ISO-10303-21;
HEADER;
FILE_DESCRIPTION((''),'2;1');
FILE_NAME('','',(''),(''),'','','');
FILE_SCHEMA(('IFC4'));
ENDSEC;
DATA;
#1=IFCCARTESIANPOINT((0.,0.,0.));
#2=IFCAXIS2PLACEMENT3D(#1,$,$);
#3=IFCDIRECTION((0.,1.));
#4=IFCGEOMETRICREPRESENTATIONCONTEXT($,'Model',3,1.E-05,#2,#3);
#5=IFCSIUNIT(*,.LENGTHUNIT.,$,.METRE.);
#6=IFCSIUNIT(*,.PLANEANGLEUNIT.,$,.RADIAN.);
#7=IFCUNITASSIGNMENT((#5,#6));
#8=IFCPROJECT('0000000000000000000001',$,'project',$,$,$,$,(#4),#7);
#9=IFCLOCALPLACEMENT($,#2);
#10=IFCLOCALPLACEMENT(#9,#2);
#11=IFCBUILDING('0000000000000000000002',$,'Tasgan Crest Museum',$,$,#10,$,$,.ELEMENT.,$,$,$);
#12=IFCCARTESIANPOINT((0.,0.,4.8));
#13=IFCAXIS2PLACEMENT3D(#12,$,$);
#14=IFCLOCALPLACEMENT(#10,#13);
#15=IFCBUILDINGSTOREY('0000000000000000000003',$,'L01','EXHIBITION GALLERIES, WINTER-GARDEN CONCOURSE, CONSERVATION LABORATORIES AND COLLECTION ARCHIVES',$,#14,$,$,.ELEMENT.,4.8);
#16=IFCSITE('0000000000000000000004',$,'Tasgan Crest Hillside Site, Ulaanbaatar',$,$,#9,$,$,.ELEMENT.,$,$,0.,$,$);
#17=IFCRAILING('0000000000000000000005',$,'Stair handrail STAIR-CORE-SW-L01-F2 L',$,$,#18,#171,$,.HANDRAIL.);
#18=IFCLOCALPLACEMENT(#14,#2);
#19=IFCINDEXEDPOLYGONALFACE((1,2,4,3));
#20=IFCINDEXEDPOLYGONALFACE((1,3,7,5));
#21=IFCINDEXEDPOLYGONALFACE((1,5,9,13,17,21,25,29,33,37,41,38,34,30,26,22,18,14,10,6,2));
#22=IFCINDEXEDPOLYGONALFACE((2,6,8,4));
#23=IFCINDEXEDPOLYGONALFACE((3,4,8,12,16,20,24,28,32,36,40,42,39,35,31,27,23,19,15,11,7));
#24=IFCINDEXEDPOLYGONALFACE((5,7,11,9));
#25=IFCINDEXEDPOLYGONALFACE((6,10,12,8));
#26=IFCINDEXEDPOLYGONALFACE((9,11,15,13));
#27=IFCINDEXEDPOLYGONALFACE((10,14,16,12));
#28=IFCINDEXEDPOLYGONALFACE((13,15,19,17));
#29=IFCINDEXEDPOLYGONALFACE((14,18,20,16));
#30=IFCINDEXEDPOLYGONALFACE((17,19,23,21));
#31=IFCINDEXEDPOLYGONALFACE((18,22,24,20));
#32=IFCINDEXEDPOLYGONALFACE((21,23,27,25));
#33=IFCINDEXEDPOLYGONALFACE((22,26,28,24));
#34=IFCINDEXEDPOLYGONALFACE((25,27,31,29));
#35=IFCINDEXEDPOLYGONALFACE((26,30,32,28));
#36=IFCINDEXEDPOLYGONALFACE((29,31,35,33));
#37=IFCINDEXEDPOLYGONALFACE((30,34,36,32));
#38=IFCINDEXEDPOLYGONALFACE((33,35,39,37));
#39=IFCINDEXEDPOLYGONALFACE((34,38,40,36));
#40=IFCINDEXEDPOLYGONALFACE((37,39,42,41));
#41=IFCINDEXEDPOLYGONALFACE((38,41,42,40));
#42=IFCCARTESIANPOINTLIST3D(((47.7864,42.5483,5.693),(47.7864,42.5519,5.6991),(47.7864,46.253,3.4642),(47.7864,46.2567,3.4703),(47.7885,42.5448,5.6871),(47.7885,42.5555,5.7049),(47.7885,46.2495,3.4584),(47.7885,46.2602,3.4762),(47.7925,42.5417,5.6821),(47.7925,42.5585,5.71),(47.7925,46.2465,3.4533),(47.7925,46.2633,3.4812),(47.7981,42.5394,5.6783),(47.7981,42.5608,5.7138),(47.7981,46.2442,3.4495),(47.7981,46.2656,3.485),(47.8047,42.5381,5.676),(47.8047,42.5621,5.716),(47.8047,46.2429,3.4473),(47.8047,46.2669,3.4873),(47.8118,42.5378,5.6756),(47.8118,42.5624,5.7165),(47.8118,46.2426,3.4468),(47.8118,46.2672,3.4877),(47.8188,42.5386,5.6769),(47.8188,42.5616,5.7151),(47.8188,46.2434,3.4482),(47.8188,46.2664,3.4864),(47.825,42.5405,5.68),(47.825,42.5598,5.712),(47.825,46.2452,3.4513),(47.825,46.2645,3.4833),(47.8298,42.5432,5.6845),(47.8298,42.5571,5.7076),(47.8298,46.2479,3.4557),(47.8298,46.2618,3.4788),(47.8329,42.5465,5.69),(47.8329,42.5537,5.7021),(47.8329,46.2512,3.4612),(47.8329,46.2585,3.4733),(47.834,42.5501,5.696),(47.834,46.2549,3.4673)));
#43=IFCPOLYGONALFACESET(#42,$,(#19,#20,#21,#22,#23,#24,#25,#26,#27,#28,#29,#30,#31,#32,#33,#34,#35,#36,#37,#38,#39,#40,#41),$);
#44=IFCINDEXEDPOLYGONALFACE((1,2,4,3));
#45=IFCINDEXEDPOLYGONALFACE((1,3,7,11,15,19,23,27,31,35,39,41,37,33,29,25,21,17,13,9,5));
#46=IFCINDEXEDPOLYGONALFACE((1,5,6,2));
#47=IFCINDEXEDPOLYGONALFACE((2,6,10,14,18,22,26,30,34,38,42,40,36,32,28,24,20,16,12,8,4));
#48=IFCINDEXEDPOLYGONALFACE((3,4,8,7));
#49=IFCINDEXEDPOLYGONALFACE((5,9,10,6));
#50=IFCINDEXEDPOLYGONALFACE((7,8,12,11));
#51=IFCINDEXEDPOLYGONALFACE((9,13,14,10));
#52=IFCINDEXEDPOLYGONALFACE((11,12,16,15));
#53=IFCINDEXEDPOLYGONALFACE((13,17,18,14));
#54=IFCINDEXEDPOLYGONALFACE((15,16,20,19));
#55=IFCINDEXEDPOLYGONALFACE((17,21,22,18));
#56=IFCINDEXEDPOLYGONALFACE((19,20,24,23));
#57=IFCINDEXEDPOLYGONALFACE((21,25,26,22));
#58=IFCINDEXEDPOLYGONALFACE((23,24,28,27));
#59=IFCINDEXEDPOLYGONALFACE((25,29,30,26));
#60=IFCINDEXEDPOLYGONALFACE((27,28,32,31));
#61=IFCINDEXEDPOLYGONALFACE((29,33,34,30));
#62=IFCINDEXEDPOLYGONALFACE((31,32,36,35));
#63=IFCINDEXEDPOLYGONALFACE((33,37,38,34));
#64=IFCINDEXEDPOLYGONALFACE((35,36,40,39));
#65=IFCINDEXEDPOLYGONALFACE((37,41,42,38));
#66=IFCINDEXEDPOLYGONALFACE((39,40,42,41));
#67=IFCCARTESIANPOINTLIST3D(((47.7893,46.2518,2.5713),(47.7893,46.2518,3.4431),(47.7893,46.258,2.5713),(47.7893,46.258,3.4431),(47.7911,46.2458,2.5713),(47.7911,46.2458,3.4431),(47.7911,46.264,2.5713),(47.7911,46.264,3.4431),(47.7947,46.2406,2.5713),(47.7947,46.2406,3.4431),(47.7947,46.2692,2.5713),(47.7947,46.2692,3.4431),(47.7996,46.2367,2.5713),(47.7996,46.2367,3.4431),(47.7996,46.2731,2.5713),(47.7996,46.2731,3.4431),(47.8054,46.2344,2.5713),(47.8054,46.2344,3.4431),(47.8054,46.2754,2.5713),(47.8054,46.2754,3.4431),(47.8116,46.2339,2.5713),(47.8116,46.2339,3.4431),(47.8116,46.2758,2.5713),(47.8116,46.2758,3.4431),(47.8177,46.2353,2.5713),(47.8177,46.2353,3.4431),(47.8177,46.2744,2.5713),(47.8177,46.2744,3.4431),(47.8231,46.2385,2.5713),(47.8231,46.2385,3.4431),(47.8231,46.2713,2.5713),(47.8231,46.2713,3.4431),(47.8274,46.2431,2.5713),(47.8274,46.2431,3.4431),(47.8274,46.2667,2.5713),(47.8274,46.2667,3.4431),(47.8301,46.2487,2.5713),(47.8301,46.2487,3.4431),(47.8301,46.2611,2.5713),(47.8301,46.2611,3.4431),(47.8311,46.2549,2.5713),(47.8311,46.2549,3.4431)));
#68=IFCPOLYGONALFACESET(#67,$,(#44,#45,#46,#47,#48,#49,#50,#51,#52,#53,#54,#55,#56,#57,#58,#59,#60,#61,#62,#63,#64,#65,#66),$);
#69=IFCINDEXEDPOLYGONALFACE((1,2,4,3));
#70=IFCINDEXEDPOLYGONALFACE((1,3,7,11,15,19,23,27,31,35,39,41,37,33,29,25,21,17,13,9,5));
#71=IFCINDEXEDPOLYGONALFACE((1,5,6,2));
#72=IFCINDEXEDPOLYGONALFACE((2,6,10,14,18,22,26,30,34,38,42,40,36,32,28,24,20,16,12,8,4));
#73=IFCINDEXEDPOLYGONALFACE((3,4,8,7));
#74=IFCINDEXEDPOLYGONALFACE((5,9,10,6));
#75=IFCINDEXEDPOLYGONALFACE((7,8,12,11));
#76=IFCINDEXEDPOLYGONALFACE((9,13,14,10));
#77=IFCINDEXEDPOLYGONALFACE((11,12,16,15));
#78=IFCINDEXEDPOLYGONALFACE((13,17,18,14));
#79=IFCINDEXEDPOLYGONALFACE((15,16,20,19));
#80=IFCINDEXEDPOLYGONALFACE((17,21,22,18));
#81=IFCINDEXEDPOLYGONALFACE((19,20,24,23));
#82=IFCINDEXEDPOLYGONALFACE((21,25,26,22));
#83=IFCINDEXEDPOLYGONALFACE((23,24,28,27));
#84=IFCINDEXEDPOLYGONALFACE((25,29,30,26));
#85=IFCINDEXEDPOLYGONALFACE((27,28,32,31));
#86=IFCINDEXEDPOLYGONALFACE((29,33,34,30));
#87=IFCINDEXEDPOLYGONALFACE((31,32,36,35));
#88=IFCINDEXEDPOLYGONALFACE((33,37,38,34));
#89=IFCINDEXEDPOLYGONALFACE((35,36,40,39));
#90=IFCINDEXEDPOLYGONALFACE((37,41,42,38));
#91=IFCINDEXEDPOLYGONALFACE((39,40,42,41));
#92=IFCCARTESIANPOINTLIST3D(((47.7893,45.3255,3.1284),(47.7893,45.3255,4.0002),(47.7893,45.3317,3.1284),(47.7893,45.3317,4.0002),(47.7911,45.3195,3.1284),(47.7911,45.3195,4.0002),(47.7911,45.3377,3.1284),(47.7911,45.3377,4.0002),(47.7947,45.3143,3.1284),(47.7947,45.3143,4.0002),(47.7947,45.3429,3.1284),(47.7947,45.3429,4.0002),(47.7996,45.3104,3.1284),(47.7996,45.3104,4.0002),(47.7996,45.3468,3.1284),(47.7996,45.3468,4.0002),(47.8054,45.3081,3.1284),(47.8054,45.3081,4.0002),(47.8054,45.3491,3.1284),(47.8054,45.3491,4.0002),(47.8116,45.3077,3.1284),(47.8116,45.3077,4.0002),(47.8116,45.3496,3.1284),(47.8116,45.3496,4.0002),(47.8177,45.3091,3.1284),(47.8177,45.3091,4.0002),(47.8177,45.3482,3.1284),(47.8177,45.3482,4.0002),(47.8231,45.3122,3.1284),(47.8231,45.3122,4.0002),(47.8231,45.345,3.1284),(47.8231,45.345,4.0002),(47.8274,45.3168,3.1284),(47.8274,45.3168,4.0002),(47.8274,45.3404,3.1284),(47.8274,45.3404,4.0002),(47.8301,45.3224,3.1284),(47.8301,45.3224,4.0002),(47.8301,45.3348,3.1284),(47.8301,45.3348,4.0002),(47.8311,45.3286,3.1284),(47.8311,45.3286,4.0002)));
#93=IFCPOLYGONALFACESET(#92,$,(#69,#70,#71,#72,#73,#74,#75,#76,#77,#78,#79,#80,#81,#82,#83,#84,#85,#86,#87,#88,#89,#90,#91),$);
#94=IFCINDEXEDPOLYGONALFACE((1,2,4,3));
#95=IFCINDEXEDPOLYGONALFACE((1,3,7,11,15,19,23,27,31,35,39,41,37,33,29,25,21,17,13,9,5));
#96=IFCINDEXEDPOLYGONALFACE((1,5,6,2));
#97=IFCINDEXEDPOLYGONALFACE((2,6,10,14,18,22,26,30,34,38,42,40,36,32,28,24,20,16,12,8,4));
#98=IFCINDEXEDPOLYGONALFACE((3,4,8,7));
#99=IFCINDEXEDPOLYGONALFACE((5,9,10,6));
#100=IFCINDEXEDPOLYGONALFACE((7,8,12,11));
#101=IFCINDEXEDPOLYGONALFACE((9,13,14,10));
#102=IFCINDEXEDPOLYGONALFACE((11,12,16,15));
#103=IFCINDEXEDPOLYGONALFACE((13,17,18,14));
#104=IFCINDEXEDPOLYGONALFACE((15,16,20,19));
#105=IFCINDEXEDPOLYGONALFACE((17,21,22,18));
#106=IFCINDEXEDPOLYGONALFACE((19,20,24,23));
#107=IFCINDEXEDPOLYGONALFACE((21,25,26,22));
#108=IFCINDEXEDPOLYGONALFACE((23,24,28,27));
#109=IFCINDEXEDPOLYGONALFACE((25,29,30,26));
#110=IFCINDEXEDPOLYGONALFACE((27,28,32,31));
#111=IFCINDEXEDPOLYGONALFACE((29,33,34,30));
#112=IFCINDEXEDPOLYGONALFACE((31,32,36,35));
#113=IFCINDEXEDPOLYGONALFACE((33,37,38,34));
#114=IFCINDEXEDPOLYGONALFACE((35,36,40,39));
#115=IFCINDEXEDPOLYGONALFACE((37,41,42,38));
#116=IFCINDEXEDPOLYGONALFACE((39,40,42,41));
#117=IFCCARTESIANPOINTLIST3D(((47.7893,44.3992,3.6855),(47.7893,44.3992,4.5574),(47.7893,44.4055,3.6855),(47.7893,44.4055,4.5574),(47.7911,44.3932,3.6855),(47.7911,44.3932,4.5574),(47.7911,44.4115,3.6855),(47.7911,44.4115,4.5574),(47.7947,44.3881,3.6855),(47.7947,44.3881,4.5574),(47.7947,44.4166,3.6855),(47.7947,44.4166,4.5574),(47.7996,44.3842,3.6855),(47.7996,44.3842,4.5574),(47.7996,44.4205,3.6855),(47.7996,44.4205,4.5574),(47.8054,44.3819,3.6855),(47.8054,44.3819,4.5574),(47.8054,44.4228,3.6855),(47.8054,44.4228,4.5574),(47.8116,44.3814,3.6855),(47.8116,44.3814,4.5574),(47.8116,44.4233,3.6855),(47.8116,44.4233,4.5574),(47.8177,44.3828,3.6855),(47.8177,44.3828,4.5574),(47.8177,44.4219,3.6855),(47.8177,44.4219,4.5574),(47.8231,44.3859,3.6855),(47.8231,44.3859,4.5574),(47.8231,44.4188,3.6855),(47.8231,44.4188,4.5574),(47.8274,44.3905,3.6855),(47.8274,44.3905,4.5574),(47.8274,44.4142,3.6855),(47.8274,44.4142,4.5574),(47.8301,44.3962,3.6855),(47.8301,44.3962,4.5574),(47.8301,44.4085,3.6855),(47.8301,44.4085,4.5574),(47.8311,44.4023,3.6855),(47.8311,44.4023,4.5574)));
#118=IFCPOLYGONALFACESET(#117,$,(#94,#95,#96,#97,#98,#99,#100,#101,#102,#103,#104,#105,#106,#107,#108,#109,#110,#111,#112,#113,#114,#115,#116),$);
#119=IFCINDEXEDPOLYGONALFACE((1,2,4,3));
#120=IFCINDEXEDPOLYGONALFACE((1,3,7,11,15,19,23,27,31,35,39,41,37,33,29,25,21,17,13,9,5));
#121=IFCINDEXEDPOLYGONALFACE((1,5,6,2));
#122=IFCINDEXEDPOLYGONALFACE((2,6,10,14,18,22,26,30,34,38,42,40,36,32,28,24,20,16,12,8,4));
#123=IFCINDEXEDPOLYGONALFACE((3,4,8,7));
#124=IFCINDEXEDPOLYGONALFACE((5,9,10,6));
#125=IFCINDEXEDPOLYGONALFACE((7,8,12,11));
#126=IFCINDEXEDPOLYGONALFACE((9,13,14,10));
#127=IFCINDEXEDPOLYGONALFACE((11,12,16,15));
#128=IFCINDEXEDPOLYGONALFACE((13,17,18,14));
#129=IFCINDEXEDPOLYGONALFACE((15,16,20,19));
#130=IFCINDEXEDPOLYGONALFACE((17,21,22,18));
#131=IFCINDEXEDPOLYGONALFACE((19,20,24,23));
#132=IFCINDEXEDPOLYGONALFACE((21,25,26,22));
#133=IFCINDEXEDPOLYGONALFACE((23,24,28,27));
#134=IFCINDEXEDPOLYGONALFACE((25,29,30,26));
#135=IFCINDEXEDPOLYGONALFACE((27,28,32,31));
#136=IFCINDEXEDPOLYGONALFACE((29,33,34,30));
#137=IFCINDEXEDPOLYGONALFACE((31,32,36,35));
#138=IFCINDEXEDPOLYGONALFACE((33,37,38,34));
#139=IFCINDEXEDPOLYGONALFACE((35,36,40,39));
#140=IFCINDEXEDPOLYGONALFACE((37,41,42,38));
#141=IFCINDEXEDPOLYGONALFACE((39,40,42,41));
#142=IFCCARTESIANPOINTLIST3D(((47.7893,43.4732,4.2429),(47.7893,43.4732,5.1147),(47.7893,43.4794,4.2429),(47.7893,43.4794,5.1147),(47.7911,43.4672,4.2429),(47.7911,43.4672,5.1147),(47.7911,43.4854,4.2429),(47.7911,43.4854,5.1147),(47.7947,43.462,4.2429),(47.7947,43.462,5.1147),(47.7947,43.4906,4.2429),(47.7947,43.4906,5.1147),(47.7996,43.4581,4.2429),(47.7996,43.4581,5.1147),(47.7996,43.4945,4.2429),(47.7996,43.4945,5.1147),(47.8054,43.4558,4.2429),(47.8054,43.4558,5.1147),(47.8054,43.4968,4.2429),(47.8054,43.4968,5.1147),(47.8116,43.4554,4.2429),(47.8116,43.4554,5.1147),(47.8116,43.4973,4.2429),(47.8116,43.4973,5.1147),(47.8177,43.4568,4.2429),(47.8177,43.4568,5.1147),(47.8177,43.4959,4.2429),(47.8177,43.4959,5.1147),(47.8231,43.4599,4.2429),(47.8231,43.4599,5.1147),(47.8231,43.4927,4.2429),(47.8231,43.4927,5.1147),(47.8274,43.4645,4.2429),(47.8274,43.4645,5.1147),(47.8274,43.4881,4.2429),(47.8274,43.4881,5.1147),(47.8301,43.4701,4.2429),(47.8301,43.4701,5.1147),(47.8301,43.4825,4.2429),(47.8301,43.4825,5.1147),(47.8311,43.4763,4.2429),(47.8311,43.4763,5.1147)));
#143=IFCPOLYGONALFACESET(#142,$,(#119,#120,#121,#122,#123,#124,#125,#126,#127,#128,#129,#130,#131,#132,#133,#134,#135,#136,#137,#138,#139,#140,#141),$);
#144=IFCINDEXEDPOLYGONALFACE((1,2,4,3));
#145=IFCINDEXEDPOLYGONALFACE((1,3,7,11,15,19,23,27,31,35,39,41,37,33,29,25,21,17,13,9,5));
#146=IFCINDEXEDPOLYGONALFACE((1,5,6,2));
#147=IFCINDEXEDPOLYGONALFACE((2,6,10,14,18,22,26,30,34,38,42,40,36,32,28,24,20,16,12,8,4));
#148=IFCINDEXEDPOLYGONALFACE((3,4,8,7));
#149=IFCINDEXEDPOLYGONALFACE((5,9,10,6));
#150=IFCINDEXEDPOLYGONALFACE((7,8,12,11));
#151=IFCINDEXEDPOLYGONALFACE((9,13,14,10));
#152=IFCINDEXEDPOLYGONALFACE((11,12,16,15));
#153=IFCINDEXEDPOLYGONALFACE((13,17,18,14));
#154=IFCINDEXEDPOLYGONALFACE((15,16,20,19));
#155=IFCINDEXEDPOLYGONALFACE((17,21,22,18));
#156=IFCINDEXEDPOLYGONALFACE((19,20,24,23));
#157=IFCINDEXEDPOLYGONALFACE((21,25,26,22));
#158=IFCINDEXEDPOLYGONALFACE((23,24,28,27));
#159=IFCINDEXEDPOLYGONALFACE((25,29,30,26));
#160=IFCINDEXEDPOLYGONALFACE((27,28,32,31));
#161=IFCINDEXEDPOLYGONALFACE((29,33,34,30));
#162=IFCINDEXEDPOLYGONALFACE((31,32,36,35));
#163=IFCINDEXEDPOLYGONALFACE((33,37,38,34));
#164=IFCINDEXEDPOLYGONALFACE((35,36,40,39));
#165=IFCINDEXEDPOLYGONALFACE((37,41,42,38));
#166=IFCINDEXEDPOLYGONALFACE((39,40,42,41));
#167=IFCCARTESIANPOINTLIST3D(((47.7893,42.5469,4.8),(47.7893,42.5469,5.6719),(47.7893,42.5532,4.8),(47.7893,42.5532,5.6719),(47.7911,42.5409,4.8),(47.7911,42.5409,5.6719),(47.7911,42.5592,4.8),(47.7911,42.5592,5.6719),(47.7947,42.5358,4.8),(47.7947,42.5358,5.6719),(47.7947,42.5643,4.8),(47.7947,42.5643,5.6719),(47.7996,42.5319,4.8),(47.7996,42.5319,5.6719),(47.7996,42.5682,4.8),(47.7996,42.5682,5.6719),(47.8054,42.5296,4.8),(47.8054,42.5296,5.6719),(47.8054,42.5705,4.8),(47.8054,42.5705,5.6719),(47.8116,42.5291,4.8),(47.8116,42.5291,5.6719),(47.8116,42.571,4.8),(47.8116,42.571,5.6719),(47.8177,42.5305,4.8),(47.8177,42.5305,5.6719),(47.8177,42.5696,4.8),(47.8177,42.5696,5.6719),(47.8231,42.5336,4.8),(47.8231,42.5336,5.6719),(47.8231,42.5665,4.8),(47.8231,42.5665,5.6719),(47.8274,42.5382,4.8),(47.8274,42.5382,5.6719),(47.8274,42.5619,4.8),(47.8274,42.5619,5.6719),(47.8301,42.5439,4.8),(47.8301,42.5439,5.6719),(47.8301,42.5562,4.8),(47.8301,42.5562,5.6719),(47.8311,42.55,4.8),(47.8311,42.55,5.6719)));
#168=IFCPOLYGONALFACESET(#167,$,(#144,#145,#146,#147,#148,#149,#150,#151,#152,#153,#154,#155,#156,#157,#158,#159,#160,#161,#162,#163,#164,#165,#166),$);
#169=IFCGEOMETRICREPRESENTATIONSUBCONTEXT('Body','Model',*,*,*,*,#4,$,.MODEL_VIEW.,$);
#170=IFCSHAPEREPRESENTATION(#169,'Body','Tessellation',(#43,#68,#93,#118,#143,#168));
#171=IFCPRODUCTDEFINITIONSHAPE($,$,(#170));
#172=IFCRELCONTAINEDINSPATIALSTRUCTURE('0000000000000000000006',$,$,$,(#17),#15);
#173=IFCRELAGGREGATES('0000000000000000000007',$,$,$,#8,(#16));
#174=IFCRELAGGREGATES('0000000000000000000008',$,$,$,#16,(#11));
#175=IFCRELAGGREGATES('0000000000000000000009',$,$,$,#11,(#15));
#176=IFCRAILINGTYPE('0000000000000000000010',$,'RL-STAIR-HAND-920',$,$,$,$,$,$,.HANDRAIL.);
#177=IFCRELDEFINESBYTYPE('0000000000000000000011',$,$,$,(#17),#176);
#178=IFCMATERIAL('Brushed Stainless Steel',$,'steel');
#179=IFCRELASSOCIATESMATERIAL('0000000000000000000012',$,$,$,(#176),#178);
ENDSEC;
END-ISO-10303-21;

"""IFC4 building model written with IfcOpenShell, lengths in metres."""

from ifc_helpers import new_model, si_unit, direction, frame, origin, origin_2d, place, context, subcontext, project, spatial, circle, extrude, material, type_object, element, save


model = new_model("IFC4")

# Units and contexts
model_context = context("Model", 3, precision=1e-05, world=origin(), true_north=direction((0.0, 1.0)))
body_context = subcontext(model_context, "Body", "Model", "MODEL_VIEW")
ifc_project = project(units=[si_unit("LENGTHUNIT", "METRE"), si_unit("PLANEANGLEUNIT", "RADIAN")], contexts=[model_context])

# Site, building, storey
site_placement = place(None, origin())
site = spatial("IfcSite", under=ifc_project, at=site_placement, Name="Tasgan Crest Hillside Site, Ulaanbaatar", CompositionType="ELEMENT", RefElevation=0.0)
building_placement = place(site_placement, origin())
building = spatial("IfcBuilding", under=site, at=building_placement, Name="Tasgan Crest Museum", CompositionType="ELEMENT")
storey_placement = place(building_placement, frame((0.0, 0.0, 4.8)))
storey = spatial("IfcBuildingStorey", under=building, at=storey_placement, Name="L01", Description="EXHIBITION GALLERIES, WINTER-GARDEN CONCOURSE, CONSERVATION LABORATORIES AND COLLECTION ARCHIVES", CompositionType="ELEMENT", Elevation=4.8)

# Railing
ifc_material_1 = material(Name="Brushed Stainless Steel", Category="steel")
railing_type_1 = type_object("IfcRailingType", Name="RL-STAIR-HAND-920", PredefinedType="HANDRAIL", material=ifc_material_1)
for number, where, name in (
    (1, (47.8101, 46.2549, 2.5713), "Stair handrail STAIR-CORE-SW-L01-F2 L"),
):
    element("IfcRailing", number, at=place(storey_placement, frame(where)), inside=storey, type_object=railing_type_1, Name=name, PredefinedType="HANDRAIL", context=body_context, shape_type="SweptSolid", body=[
        extrude(circle(Radius=0.0239, at=origin_2d()), frame((0.0, 0.0, 0.896), z_axis=(0.0, -0.856894, 0.515492), x_axis=(1.0, 0.0, 0.0)), (0.0, 0.0, 1.0), 4.3235),
        extrude(circle(Radius=0.021, at=origin_2d()), origin(), (0.0, 0.0, 1.0), 0.8718),
        extrude(circle(Radius=0.021, at=origin_2d()), frame((0.0, -0.9263, 0.5571)), (0.0, 0.0, 1.0), 0.8718),
        extrude(circle(Radius=0.021, at=origin_2d()), frame((0.0, -1.8525, 1.1143)), (0.0, 0.0, 1.0), 0.8718),
        extrude(circle(Radius=0.021, at=origin_2d()), frame((0.0, -2.7786, 1.6716)), (0.0, 0.0, 1.0), 0.8718),
        extrude(circle(Radius=0.021, at=origin_2d()), frame((0.0, -3.7048, 2.2288)), (0.0, 0.0, 1.0), 0.8718),
    ])

save(model, "model.ifc")
